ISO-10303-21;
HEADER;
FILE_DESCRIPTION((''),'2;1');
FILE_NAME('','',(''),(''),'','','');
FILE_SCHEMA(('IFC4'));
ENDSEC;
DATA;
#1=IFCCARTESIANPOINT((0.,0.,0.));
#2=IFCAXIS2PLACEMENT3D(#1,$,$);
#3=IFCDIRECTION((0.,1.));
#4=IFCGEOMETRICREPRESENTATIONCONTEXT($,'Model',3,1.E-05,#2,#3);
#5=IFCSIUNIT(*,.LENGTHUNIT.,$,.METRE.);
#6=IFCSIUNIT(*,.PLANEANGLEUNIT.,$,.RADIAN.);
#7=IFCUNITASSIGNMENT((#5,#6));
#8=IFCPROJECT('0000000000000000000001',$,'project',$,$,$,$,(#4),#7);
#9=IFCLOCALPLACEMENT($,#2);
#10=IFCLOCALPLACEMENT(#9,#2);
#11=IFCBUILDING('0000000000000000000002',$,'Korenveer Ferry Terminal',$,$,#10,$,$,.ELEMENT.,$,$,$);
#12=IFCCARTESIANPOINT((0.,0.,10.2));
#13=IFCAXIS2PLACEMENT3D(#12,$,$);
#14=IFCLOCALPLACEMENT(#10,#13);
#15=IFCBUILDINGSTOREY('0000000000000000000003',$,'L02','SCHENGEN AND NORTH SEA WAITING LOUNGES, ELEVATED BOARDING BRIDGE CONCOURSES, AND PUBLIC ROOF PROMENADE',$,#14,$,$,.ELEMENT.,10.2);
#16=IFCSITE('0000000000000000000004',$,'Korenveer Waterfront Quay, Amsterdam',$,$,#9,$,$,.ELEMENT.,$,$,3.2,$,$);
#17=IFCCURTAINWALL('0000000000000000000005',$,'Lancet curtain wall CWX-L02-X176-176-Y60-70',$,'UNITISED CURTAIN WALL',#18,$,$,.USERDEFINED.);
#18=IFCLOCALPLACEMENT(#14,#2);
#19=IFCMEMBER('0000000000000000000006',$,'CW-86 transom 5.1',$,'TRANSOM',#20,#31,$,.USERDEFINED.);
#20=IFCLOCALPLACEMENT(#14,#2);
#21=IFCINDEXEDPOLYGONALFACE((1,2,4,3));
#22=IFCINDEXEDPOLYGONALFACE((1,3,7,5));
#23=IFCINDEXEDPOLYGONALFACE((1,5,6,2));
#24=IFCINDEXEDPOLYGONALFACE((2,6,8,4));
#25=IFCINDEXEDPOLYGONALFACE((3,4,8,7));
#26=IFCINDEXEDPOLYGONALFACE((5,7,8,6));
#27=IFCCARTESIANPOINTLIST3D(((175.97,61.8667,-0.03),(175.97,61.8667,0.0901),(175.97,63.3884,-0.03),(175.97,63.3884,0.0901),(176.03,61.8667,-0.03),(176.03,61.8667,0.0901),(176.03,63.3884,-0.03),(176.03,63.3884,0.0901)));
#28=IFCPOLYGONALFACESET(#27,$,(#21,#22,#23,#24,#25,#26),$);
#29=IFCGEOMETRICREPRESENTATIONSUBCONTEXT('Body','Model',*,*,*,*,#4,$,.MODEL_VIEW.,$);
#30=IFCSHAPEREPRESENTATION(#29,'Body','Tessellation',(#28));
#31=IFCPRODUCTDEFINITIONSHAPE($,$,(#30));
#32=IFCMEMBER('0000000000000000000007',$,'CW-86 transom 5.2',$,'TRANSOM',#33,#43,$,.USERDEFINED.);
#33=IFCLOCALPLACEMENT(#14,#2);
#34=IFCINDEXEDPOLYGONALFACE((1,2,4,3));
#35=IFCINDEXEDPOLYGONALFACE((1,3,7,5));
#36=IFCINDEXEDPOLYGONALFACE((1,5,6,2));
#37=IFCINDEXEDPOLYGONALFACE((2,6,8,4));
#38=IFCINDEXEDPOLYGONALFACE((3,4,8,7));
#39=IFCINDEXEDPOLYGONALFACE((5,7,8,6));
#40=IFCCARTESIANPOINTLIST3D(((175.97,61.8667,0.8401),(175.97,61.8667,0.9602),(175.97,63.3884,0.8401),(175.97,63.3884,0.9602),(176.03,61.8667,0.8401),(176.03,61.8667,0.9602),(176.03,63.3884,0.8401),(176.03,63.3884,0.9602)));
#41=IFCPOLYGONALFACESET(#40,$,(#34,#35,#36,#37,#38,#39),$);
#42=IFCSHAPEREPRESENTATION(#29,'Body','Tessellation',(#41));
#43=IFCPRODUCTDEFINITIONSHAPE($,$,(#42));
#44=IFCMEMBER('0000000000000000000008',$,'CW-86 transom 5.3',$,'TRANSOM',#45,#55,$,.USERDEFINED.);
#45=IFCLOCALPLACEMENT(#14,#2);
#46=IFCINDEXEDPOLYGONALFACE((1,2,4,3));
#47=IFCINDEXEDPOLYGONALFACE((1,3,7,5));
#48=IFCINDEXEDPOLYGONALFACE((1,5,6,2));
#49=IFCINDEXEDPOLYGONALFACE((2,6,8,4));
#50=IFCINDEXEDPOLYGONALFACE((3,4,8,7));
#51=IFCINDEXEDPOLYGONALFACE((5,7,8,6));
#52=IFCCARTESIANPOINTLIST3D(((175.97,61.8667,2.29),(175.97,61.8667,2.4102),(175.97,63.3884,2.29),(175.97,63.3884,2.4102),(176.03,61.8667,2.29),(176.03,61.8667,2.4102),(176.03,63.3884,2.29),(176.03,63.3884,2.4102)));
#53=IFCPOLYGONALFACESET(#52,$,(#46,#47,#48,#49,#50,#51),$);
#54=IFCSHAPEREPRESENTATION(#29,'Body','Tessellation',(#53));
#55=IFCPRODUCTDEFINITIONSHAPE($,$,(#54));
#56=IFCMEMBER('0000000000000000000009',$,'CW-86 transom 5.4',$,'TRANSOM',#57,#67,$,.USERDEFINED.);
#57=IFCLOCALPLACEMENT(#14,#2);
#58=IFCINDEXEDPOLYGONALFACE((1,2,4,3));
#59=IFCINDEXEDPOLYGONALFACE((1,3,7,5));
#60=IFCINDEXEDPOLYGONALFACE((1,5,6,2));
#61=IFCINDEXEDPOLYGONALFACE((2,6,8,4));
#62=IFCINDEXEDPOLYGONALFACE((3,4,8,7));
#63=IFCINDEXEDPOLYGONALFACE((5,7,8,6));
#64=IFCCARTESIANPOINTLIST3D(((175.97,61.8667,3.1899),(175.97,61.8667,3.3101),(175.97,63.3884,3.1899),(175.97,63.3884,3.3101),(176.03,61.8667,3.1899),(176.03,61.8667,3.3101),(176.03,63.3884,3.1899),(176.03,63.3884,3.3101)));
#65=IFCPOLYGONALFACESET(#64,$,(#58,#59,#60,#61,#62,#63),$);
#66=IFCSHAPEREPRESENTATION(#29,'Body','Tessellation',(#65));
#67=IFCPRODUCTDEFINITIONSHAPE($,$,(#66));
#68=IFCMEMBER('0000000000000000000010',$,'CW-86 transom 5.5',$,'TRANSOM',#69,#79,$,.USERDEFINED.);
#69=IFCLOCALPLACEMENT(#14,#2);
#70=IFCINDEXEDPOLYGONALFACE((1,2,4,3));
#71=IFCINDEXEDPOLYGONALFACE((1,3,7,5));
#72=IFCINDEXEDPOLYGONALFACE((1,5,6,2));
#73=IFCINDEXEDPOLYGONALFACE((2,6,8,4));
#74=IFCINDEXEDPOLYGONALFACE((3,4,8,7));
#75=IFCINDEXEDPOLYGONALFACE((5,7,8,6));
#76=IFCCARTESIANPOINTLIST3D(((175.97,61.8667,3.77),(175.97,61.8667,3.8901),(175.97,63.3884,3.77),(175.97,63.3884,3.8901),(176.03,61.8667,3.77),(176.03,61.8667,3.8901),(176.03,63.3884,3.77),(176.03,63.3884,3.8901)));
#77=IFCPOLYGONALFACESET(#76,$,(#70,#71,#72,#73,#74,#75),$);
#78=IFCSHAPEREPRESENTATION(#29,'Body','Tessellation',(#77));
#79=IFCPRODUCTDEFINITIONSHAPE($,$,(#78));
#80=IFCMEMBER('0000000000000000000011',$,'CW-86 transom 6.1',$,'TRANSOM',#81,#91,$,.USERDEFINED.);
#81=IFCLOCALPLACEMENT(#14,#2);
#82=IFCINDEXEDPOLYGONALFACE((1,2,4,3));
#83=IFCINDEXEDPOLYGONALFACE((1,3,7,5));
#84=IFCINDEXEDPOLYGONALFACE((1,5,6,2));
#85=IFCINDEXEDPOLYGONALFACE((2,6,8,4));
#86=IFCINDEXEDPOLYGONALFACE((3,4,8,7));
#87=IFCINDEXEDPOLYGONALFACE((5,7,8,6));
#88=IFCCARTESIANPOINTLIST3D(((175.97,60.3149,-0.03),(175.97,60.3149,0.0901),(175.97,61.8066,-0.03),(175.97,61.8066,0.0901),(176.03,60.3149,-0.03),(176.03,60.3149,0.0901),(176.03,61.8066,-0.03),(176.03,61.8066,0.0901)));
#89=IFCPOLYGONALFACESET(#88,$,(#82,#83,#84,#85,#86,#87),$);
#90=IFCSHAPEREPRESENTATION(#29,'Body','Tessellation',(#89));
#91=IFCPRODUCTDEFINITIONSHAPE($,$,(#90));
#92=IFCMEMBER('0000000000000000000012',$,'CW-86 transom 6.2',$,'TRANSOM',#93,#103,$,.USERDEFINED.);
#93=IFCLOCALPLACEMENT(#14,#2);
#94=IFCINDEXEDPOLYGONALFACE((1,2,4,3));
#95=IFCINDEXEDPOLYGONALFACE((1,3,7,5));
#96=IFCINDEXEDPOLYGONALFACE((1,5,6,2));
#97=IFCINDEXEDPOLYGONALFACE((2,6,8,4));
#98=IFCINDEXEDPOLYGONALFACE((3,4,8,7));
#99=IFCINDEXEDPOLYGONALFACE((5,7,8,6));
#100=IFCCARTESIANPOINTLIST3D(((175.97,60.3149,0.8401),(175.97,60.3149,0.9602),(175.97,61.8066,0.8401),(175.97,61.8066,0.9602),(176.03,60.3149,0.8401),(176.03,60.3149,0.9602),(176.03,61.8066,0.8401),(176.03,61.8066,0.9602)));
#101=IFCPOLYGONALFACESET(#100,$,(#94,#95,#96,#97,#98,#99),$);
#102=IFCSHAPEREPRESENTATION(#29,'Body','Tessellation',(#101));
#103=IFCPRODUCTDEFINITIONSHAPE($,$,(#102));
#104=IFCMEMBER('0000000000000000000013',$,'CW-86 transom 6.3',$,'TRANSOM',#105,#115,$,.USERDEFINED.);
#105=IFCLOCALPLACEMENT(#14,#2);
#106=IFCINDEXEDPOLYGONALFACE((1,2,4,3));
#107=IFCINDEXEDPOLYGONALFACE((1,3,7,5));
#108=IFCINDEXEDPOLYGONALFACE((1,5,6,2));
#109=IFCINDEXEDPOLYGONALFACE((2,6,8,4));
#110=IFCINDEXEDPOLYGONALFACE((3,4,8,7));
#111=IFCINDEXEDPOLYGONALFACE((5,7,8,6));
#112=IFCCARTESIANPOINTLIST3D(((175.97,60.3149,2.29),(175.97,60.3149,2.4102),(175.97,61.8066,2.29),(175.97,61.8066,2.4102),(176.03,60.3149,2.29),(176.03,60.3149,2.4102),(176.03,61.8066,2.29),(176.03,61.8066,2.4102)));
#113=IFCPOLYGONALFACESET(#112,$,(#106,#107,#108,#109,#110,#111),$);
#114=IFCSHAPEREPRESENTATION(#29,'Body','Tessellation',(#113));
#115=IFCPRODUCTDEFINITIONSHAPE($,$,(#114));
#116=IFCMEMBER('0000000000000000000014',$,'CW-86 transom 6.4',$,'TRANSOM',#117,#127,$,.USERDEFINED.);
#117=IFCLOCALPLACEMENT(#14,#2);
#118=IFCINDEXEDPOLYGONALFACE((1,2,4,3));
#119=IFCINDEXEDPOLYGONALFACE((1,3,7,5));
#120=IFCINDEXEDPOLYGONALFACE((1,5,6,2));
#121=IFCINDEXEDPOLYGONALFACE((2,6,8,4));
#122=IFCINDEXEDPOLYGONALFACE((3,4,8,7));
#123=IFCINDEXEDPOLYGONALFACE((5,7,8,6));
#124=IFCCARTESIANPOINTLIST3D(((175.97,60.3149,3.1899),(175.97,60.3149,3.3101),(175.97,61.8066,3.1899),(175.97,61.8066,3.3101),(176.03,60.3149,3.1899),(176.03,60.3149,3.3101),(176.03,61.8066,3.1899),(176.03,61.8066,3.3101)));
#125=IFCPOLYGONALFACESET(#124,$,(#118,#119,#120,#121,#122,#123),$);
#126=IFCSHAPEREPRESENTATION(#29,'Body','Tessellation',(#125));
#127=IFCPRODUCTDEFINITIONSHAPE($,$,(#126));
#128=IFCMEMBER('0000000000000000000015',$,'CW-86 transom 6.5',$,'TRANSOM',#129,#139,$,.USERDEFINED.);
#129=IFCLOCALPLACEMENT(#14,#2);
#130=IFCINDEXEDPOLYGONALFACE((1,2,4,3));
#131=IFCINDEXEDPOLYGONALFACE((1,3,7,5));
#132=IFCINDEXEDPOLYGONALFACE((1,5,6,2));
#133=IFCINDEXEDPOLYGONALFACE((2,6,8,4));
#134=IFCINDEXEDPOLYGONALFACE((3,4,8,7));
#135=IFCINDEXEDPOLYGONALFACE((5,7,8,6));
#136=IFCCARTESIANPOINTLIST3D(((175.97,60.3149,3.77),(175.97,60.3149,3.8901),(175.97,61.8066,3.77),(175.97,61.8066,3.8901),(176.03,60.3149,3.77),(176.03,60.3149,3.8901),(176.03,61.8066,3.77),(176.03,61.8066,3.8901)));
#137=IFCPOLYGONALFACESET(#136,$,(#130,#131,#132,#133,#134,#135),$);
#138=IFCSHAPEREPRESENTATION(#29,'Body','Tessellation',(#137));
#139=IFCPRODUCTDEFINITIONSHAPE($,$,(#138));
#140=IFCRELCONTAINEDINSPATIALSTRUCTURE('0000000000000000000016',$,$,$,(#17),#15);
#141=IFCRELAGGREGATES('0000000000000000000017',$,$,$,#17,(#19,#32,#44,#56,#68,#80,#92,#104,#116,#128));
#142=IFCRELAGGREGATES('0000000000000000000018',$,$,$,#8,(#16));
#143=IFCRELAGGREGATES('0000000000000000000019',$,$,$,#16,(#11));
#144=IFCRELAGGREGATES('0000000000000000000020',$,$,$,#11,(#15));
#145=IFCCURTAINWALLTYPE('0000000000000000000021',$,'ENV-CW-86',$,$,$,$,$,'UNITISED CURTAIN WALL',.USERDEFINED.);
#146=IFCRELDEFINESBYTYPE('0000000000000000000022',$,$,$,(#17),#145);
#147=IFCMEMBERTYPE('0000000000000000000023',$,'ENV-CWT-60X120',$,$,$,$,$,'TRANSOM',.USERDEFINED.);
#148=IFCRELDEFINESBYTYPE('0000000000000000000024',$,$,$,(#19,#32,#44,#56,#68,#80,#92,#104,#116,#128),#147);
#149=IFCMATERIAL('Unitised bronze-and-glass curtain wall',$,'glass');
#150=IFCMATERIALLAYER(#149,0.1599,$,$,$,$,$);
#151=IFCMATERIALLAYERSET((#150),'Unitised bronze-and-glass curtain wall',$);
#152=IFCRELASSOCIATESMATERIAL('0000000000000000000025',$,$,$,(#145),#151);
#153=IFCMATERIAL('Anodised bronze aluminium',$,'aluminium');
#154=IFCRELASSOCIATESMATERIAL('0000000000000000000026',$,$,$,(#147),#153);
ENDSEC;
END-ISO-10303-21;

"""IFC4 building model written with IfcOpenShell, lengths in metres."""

from ifc_helpers import new_model, si_unit, direction, frame, origin, origin_2d, place, context, subcontext, project, spatial, rectangle, extrude, material, layer, layer_set, material_profile, profile_set, type_object, element, aggregate, save


model = new_model("IFC4")

# Units and contexts
model_context = context("Model", 3, precision=1e-05, world=origin(), true_north=direction((0.0, 1.0)))
body_context = subcontext(model_context, "Body", "Model", "MODEL_VIEW")
ifc_project = project(units=[si_unit("LENGTHUNIT", "METRE"), si_unit("PLANEANGLEUNIT", "RADIAN")], contexts=[model_context])

# Site, building, storey
site_placement = place(None, origin())
site = spatial("IfcSite", under=ifc_project, at=site_placement, Name="Korenveer Waterfront Quay, Amsterdam", CompositionType="ELEMENT", RefElevation=3.2)
building_placement = place(site_placement, origin())
building = spatial("IfcBuilding", under=site, at=building_placement, Name="Korenveer Ferry Terminal", CompositionType="ELEMENT")
storey_placement = place(building_placement, frame((0.0, 0.0, 10.2)))
storey = spatial("IfcBuildingStorey", under=building, at=storey_placement, Name="L02", Description="SCHENGEN AND NORTH SEA WAITING LOUNGES, ELEVATED BOARDING BRIDGE CONCOURSES, AND PUBLIC ROOF PROMENADE", CompositionType="ELEMENT", Elevation=10.2)

# Curtain wall, members
ifc_material_1 = material(Name="Unitised bronze-and-glass curtain wall", Category="glass")
ifc_layer_1 = layer(ifc_material_1, 0.1599)
ifc_layer_set_1 = layer_set([ifc_layer_1], Name="Unitised bronze-and-glass curtain wall")
curtain_wall_type = type_object("IfcCurtainWallType", Name="ENV-CW-86", ElementType="UNITISED CURTAIN WALL", PredefinedType="USERDEFINED", material=ifc_layer_set_1)
curtain_wall_placement = place(storey_placement, frame((176.0, 69.7451, 0.0)))
curtain_wall = element("IfcCurtainWall", 1, at=curtain_wall_placement, inside=storey, type_object=curtain_wall_type, Name="Lancet curtain wall CWX-L02-X176-176-Y60-70", ObjectType="UNITISED CURTAIN WALL", PredefinedType="USERDEFINED")
ifc_material_2 = material(Name="Anodised bronze aluminium", Category="aluminium")
ifc_material_profile_1 = material_profile(ifc_material_2, rectangle(XDim=0.0601, YDim=0.1201, at=origin_2d()), Name="ALU 60x120")
ifc_profile_set_1 = profile_set([ifc_material_profile_1], Name="Anodised bronze aluminium")
member_type_1 = type_object("IfcMemberType", Name="ENV-CWT-60X120", ElementType="TRANSOM", PredefinedType="USERDEFINED", material=ifc_profile_set_1)
member_1_placement = place(storey_placement, frame((176.0, 63.3884, 0.03), z_axis=(0.0, -1.0, 0.0), x_axis=(1.0, 0.0, 0.0)))
member_1 = element("IfcMember", 2, at=member_1_placement, type_object=member_type_1, Name="CW-86 transom 5.1", ObjectType="TRANSOM", PredefinedType="USERDEFINED", context=body_context, shape_type="SweptSolid", body=[
    extrude(rectangle(XDim=0.0601, YDim=0.1201, at=origin_2d()), origin(), (0.0, 0.0, 1.0), 1.5217),
])
member_2_placement = place(storey_placement, frame((176.0, 63.3884, 0.9001), z_axis=(0.0, -1.0, 0.0), x_axis=(1.0, 0.0, 0.0)))
member_2 = element("IfcMember", 3, at=member_2_placement, type_object=member_type_1, Name="CW-86 transom 5.2", ObjectType="TRANSOM", PredefinedType="USERDEFINED", context=body_context, shape_type="SweptSolid", body=[
    extrude(rectangle(XDim=0.0601, YDim=0.1201, at=origin_2d()), origin(), (0.0, 0.0, 1.0), 1.5217),
])
member_3_placement = place(storey_placement, frame((176.0, 63.3884, 2.3501), z_axis=(0.0, -1.0, 0.0), x_axis=(1.0, 0.0, 0.0)))
member_3 = element("IfcMember", 4, at=member_3_placement, type_object=member_type_1, Name="CW-86 transom 5.3", ObjectType="TRANSOM", PredefinedType="USERDEFINED", context=body_context, shape_type="SweptSolid", body=[
    extrude(rectangle(XDim=0.0601, YDim=0.1201, at=origin_2d()), origin(), (0.0, 0.0, 1.0), 1.5217),
])
member_4_placement = place(storey_placement, frame((176.0, 63.3884, 3.25), z_axis=(0.0, -1.0, 0.0), x_axis=(1.0, 0.0, 0.0)))
member_4 = element("IfcMember", 5, at=member_4_placement, type_object=member_type_1, Name="CW-86 transom 5.4", ObjectType="TRANSOM", PredefinedType="USERDEFINED", context=body_context, shape_type="SweptSolid", body=[
    extrude(rectangle(XDim=0.0601, YDim=0.1201, at=origin_2d()), origin(), (0.0, 0.0, 1.0), 1.5217),
])
member_5_placement = place(storey_placement, frame((176.0, 63.3884, 3.8301), z_axis=(0.0, -1.0, 0.0), x_axis=(1.0, 0.0, 0.0)))
member_5 = element("IfcMember", 6, at=member_5_placement, type_object=member_type_1, Name="CW-86 transom 5.5", ObjectType="TRANSOM", PredefinedType="USERDEFINED", context=body_context, shape_type="SweptSolid", body=[
    extrude(rectangle(XDim=0.0601, YDim=0.1201, at=origin_2d()), origin(), (0.0, 0.0, 1.0), 1.5217),
])
member_6_placement = place(storey_placement, frame((176.0, 61.8066, 0.03), z_axis=(0.0, -1.0, 0.0), x_axis=(1.0, 0.0, 0.0)))
member_6 = element("IfcMember", 7, at=member_6_placement, type_object=member_type_1, Name="CW-86 transom 6.1", ObjectType="TRANSOM", PredefinedType="USERDEFINED", context=body_context, shape_type="SweptSolid", body=[
    extrude(rectangle(XDim=0.0601, YDim=0.1201, at=origin_2d()), origin(), (0.0, 0.0, 1.0), 1.4917),
])
member_7_placement = place(storey_placement, frame((176.0, 61.8066, 0.9001), z_axis=(0.0, -1.0, 0.0), x_axis=(1.0, 0.0, 0.0)))
member_7 = element("IfcMember", 8, at=member_7_placement, type_object=member_type_1, Name="CW-86 transom 6.2", ObjectType="TRANSOM", PredefinedType="USERDEFINED", context=body_context, shape_type="SweptSolid", body=[
    extrude(rectangle(XDim=0.0601, YDim=0.1201, at=origin_2d()), origin(), (0.0, 0.0, 1.0), 1.4917),
])
member_8_placement = place(storey_placement, frame((176.0, 61.8066, 2.3501), z_axis=(0.0, -1.0, 0.0), x_axis=(1.0, 0.0, 0.0)))
member_8 = element("IfcMember", 9, at=member_8_placement, type_object=member_type_1, Name="CW-86 transom 6.3", ObjectType="TRANSOM", PredefinedType="USERDEFINED", context=body_context, shape_type="SweptSolid", body=[
    extrude(rectangle(XDim=0.0601, YDim=0.1201, at=origin_2d()), origin(), (0.0, 0.0, 1.0), 1.4917),
])
member_9_placement = place(storey_placement, frame((176.0, 61.8066, 3.25), z_axis=(0.0, -1.0, 0.0), x_axis=(1.0, 0.0, 0.0)))
member_9 = element("IfcMember", 10, at=member_9_placement, type_object=member_type_1, Name="CW-86 transom 6.4", ObjectType="TRANSOM", PredefinedType="USERDEFINED", context=body_context, shape_type="SweptSolid", body=[
    extrude(rectangle(XDim=0.0601, YDim=0.1201, at=origin_2d()), origin(), (0.0, 0.0, 1.0), 1.4917),
])
member_10_placement = place(storey_placement, frame((176.0, 61.8066, 3.8301), z_axis=(0.0, -1.0, 0.0), x_axis=(1.0, 0.0, 0.0)))
member_10 = element("IfcMember", 11, at=member_10_placement, type_object=member_type_1, Name="CW-86 transom 6.5", ObjectType="TRANSOM", PredefinedType="USERDEFINED", context=body_context, shape_type="SweptSolid", body=[
    extrude(rectangle(XDim=0.0601, YDim=0.1201, at=origin_2d()), origin(), (0.0, 0.0, 1.0), 1.4917),
])

aggregate(curtain_wall, [member_1, member_2, member_3, member_4, member_5, member_6, member_7, member_8, member_9, member_10])

save(model, "model.ifc")
